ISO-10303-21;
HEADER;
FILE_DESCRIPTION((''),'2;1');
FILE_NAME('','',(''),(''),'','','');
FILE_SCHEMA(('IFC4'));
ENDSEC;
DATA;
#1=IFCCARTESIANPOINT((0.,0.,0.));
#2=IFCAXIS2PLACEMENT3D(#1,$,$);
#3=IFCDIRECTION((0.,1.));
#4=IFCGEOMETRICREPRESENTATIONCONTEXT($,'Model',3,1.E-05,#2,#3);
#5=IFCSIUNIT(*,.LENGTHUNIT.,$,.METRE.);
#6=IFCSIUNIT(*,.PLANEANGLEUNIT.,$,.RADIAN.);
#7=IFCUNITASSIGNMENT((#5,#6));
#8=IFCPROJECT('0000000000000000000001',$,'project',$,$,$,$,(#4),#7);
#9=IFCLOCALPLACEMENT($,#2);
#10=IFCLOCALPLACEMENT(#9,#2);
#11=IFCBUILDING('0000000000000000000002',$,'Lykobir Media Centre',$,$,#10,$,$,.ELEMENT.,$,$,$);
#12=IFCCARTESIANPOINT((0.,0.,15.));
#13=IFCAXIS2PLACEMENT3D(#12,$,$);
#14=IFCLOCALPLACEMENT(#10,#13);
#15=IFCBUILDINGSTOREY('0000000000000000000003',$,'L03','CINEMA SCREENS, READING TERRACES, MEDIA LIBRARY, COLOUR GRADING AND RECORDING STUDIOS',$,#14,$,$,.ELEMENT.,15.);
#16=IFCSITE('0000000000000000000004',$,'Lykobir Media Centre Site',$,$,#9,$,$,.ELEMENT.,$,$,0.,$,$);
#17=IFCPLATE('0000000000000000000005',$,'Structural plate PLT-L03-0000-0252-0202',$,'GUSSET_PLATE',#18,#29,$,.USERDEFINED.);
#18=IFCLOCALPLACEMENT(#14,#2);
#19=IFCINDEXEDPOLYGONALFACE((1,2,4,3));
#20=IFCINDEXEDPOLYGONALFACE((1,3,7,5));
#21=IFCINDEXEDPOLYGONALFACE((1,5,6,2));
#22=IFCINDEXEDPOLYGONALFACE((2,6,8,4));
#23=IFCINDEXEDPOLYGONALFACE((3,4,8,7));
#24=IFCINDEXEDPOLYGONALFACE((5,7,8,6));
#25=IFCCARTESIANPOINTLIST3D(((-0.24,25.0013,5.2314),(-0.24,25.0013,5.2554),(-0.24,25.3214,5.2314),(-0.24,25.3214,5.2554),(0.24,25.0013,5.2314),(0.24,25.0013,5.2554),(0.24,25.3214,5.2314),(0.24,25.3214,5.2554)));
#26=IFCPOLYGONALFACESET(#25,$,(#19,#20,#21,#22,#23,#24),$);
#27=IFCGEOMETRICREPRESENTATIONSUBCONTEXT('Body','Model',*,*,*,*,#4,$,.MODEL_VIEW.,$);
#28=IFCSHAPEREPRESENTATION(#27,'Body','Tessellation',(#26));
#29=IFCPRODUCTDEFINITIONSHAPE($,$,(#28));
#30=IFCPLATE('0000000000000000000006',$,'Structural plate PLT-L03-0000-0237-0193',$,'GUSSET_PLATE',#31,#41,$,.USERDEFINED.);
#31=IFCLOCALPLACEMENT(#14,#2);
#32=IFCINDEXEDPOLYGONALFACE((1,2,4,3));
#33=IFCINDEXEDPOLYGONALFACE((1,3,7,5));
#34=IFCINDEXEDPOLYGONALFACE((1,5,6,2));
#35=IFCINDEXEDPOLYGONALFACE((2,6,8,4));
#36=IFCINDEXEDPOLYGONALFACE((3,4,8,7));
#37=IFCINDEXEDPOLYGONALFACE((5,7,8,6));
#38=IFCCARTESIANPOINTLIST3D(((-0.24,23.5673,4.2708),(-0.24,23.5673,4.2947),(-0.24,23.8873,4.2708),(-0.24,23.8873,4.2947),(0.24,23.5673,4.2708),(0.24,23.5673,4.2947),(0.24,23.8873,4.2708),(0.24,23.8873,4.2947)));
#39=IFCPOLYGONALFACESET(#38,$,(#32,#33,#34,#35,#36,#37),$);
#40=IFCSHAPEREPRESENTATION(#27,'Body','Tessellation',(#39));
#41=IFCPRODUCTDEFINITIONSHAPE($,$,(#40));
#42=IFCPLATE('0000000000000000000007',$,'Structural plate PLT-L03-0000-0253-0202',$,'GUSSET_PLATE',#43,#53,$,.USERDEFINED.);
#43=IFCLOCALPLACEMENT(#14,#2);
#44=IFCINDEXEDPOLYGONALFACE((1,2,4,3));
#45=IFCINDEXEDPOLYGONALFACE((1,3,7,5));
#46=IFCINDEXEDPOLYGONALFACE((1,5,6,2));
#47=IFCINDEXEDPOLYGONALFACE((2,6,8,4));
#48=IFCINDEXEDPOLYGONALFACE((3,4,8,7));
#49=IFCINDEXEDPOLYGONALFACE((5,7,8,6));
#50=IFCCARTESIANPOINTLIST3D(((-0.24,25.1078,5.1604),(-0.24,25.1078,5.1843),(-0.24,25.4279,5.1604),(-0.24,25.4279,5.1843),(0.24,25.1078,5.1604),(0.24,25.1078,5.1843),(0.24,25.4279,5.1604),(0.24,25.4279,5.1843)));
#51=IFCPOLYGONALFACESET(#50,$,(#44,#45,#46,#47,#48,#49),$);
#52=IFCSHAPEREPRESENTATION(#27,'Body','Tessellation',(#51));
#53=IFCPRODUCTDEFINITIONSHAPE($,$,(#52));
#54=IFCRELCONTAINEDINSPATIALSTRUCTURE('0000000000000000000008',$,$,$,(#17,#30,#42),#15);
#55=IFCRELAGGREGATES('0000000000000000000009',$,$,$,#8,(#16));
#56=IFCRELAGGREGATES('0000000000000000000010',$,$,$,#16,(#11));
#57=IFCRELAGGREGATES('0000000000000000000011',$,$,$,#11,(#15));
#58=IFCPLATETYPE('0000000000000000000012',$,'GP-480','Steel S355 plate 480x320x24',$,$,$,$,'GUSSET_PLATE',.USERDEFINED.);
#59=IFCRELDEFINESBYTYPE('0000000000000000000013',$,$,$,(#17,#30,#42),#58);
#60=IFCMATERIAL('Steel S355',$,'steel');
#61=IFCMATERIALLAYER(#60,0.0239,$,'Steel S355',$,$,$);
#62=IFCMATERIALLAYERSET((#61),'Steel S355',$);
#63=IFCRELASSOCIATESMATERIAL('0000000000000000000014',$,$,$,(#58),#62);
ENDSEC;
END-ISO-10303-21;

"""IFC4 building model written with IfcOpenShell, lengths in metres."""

from ifc_helpers import new_model, si_unit, direction, frame, origin, origin_2d, place, context, subcontext, project, spatial, rectangle, extrude, material, layer, layer_set, type_object, element, save


model = new_model("IFC4")

# Units and contexts
model_context = context("Model", 3, precision=1e-05, world=origin(), true_north=direction((0.0, 1.0)))
body_context = subcontext(model_context, "Body", "Model", "MODEL_VIEW")
ifc_project = project(units=[si_unit("LENGTHUNIT", "METRE"), si_unit("PLANEANGLEUNIT", "RADIAN")], contexts=[model_context])

# Site, building, storey
site_placement = place(None, origin())
site = spatial("IfcSite", under=ifc_project, at=site_placement, Name="Lykobir Media Centre Site", CompositionType="ELEMENT", RefElevation=0.0)
building_placement = place(site_placement, origin())
building = spatial("IfcBuilding", under=site, at=building_placement, Name="Lykobir Media Centre", CompositionType="ELEMENT")
storey_placement = place(building_placement, frame((0.0, 0.0, 15.0)))
storey = spatial("IfcBuildingStorey", under=building, at=storey_placement, Name="L03", Description="CINEMA SCREENS, READING TERRACES, MEDIA LIBRARY, COLOUR GRADING AND RECORDING STUDIOS", CompositionType="ELEMENT", Elevation=15.0)

# Shared definitions
ifc_material_1 = material(Name="Steel S355", Category="steel")

# Plates
ifc_layer_1 = layer(ifc_material_1, 0.0239, Name="Steel S355")
ifc_layer_set_1 = layer_set([ifc_layer_1], Name="Steel S355")
plate_type_1 = type_object("IfcPlateType", Name="GP-480", Description="Steel S355 plate 480x320x24", ElementType="GUSSET_PLATE", PredefinedType="USERDEFINED", material=ifc_layer_set_1)
for number, where, z_axis, x_axis, name in (
    (1, (0.0, 25.1614, 5.2314), (0.0, 0.0, 1.0), (1.0, 0.0, 0.0), "Structural plate PLT-L03-0000-0252-0202"),
    (2, (0.0, 23.7273, 4.2708), (0.0, 0.0, 1.0), (1.0, 0.0, 0.0), "Structural plate PLT-L03-0000-0237-0193"),
    (3, (0.0, 25.2678, 5.1604), (0.0, 0.0, 1.0), (1.0, 0.0, 0.0), "Structural plate PLT-L03-0000-0253-0202"),
):
    element("IfcPlate", number, at=place(storey_placement, frame(where, z_axis=z_axis, x_axis=x_axis)), inside=storey, type_object=plate_type_1, Name=name, ObjectType="GUSSET_PLATE", PredefinedType="USERDEFINED", context=body_context, shape_type="SweptSolid", body=[
        extrude(rectangle(XDim=0.48, YDim=0.3201, at=origin_2d()), origin(), (0.0, 0.0, 1.0), 0.0239),
    ])

save(model, "model.ifc")
